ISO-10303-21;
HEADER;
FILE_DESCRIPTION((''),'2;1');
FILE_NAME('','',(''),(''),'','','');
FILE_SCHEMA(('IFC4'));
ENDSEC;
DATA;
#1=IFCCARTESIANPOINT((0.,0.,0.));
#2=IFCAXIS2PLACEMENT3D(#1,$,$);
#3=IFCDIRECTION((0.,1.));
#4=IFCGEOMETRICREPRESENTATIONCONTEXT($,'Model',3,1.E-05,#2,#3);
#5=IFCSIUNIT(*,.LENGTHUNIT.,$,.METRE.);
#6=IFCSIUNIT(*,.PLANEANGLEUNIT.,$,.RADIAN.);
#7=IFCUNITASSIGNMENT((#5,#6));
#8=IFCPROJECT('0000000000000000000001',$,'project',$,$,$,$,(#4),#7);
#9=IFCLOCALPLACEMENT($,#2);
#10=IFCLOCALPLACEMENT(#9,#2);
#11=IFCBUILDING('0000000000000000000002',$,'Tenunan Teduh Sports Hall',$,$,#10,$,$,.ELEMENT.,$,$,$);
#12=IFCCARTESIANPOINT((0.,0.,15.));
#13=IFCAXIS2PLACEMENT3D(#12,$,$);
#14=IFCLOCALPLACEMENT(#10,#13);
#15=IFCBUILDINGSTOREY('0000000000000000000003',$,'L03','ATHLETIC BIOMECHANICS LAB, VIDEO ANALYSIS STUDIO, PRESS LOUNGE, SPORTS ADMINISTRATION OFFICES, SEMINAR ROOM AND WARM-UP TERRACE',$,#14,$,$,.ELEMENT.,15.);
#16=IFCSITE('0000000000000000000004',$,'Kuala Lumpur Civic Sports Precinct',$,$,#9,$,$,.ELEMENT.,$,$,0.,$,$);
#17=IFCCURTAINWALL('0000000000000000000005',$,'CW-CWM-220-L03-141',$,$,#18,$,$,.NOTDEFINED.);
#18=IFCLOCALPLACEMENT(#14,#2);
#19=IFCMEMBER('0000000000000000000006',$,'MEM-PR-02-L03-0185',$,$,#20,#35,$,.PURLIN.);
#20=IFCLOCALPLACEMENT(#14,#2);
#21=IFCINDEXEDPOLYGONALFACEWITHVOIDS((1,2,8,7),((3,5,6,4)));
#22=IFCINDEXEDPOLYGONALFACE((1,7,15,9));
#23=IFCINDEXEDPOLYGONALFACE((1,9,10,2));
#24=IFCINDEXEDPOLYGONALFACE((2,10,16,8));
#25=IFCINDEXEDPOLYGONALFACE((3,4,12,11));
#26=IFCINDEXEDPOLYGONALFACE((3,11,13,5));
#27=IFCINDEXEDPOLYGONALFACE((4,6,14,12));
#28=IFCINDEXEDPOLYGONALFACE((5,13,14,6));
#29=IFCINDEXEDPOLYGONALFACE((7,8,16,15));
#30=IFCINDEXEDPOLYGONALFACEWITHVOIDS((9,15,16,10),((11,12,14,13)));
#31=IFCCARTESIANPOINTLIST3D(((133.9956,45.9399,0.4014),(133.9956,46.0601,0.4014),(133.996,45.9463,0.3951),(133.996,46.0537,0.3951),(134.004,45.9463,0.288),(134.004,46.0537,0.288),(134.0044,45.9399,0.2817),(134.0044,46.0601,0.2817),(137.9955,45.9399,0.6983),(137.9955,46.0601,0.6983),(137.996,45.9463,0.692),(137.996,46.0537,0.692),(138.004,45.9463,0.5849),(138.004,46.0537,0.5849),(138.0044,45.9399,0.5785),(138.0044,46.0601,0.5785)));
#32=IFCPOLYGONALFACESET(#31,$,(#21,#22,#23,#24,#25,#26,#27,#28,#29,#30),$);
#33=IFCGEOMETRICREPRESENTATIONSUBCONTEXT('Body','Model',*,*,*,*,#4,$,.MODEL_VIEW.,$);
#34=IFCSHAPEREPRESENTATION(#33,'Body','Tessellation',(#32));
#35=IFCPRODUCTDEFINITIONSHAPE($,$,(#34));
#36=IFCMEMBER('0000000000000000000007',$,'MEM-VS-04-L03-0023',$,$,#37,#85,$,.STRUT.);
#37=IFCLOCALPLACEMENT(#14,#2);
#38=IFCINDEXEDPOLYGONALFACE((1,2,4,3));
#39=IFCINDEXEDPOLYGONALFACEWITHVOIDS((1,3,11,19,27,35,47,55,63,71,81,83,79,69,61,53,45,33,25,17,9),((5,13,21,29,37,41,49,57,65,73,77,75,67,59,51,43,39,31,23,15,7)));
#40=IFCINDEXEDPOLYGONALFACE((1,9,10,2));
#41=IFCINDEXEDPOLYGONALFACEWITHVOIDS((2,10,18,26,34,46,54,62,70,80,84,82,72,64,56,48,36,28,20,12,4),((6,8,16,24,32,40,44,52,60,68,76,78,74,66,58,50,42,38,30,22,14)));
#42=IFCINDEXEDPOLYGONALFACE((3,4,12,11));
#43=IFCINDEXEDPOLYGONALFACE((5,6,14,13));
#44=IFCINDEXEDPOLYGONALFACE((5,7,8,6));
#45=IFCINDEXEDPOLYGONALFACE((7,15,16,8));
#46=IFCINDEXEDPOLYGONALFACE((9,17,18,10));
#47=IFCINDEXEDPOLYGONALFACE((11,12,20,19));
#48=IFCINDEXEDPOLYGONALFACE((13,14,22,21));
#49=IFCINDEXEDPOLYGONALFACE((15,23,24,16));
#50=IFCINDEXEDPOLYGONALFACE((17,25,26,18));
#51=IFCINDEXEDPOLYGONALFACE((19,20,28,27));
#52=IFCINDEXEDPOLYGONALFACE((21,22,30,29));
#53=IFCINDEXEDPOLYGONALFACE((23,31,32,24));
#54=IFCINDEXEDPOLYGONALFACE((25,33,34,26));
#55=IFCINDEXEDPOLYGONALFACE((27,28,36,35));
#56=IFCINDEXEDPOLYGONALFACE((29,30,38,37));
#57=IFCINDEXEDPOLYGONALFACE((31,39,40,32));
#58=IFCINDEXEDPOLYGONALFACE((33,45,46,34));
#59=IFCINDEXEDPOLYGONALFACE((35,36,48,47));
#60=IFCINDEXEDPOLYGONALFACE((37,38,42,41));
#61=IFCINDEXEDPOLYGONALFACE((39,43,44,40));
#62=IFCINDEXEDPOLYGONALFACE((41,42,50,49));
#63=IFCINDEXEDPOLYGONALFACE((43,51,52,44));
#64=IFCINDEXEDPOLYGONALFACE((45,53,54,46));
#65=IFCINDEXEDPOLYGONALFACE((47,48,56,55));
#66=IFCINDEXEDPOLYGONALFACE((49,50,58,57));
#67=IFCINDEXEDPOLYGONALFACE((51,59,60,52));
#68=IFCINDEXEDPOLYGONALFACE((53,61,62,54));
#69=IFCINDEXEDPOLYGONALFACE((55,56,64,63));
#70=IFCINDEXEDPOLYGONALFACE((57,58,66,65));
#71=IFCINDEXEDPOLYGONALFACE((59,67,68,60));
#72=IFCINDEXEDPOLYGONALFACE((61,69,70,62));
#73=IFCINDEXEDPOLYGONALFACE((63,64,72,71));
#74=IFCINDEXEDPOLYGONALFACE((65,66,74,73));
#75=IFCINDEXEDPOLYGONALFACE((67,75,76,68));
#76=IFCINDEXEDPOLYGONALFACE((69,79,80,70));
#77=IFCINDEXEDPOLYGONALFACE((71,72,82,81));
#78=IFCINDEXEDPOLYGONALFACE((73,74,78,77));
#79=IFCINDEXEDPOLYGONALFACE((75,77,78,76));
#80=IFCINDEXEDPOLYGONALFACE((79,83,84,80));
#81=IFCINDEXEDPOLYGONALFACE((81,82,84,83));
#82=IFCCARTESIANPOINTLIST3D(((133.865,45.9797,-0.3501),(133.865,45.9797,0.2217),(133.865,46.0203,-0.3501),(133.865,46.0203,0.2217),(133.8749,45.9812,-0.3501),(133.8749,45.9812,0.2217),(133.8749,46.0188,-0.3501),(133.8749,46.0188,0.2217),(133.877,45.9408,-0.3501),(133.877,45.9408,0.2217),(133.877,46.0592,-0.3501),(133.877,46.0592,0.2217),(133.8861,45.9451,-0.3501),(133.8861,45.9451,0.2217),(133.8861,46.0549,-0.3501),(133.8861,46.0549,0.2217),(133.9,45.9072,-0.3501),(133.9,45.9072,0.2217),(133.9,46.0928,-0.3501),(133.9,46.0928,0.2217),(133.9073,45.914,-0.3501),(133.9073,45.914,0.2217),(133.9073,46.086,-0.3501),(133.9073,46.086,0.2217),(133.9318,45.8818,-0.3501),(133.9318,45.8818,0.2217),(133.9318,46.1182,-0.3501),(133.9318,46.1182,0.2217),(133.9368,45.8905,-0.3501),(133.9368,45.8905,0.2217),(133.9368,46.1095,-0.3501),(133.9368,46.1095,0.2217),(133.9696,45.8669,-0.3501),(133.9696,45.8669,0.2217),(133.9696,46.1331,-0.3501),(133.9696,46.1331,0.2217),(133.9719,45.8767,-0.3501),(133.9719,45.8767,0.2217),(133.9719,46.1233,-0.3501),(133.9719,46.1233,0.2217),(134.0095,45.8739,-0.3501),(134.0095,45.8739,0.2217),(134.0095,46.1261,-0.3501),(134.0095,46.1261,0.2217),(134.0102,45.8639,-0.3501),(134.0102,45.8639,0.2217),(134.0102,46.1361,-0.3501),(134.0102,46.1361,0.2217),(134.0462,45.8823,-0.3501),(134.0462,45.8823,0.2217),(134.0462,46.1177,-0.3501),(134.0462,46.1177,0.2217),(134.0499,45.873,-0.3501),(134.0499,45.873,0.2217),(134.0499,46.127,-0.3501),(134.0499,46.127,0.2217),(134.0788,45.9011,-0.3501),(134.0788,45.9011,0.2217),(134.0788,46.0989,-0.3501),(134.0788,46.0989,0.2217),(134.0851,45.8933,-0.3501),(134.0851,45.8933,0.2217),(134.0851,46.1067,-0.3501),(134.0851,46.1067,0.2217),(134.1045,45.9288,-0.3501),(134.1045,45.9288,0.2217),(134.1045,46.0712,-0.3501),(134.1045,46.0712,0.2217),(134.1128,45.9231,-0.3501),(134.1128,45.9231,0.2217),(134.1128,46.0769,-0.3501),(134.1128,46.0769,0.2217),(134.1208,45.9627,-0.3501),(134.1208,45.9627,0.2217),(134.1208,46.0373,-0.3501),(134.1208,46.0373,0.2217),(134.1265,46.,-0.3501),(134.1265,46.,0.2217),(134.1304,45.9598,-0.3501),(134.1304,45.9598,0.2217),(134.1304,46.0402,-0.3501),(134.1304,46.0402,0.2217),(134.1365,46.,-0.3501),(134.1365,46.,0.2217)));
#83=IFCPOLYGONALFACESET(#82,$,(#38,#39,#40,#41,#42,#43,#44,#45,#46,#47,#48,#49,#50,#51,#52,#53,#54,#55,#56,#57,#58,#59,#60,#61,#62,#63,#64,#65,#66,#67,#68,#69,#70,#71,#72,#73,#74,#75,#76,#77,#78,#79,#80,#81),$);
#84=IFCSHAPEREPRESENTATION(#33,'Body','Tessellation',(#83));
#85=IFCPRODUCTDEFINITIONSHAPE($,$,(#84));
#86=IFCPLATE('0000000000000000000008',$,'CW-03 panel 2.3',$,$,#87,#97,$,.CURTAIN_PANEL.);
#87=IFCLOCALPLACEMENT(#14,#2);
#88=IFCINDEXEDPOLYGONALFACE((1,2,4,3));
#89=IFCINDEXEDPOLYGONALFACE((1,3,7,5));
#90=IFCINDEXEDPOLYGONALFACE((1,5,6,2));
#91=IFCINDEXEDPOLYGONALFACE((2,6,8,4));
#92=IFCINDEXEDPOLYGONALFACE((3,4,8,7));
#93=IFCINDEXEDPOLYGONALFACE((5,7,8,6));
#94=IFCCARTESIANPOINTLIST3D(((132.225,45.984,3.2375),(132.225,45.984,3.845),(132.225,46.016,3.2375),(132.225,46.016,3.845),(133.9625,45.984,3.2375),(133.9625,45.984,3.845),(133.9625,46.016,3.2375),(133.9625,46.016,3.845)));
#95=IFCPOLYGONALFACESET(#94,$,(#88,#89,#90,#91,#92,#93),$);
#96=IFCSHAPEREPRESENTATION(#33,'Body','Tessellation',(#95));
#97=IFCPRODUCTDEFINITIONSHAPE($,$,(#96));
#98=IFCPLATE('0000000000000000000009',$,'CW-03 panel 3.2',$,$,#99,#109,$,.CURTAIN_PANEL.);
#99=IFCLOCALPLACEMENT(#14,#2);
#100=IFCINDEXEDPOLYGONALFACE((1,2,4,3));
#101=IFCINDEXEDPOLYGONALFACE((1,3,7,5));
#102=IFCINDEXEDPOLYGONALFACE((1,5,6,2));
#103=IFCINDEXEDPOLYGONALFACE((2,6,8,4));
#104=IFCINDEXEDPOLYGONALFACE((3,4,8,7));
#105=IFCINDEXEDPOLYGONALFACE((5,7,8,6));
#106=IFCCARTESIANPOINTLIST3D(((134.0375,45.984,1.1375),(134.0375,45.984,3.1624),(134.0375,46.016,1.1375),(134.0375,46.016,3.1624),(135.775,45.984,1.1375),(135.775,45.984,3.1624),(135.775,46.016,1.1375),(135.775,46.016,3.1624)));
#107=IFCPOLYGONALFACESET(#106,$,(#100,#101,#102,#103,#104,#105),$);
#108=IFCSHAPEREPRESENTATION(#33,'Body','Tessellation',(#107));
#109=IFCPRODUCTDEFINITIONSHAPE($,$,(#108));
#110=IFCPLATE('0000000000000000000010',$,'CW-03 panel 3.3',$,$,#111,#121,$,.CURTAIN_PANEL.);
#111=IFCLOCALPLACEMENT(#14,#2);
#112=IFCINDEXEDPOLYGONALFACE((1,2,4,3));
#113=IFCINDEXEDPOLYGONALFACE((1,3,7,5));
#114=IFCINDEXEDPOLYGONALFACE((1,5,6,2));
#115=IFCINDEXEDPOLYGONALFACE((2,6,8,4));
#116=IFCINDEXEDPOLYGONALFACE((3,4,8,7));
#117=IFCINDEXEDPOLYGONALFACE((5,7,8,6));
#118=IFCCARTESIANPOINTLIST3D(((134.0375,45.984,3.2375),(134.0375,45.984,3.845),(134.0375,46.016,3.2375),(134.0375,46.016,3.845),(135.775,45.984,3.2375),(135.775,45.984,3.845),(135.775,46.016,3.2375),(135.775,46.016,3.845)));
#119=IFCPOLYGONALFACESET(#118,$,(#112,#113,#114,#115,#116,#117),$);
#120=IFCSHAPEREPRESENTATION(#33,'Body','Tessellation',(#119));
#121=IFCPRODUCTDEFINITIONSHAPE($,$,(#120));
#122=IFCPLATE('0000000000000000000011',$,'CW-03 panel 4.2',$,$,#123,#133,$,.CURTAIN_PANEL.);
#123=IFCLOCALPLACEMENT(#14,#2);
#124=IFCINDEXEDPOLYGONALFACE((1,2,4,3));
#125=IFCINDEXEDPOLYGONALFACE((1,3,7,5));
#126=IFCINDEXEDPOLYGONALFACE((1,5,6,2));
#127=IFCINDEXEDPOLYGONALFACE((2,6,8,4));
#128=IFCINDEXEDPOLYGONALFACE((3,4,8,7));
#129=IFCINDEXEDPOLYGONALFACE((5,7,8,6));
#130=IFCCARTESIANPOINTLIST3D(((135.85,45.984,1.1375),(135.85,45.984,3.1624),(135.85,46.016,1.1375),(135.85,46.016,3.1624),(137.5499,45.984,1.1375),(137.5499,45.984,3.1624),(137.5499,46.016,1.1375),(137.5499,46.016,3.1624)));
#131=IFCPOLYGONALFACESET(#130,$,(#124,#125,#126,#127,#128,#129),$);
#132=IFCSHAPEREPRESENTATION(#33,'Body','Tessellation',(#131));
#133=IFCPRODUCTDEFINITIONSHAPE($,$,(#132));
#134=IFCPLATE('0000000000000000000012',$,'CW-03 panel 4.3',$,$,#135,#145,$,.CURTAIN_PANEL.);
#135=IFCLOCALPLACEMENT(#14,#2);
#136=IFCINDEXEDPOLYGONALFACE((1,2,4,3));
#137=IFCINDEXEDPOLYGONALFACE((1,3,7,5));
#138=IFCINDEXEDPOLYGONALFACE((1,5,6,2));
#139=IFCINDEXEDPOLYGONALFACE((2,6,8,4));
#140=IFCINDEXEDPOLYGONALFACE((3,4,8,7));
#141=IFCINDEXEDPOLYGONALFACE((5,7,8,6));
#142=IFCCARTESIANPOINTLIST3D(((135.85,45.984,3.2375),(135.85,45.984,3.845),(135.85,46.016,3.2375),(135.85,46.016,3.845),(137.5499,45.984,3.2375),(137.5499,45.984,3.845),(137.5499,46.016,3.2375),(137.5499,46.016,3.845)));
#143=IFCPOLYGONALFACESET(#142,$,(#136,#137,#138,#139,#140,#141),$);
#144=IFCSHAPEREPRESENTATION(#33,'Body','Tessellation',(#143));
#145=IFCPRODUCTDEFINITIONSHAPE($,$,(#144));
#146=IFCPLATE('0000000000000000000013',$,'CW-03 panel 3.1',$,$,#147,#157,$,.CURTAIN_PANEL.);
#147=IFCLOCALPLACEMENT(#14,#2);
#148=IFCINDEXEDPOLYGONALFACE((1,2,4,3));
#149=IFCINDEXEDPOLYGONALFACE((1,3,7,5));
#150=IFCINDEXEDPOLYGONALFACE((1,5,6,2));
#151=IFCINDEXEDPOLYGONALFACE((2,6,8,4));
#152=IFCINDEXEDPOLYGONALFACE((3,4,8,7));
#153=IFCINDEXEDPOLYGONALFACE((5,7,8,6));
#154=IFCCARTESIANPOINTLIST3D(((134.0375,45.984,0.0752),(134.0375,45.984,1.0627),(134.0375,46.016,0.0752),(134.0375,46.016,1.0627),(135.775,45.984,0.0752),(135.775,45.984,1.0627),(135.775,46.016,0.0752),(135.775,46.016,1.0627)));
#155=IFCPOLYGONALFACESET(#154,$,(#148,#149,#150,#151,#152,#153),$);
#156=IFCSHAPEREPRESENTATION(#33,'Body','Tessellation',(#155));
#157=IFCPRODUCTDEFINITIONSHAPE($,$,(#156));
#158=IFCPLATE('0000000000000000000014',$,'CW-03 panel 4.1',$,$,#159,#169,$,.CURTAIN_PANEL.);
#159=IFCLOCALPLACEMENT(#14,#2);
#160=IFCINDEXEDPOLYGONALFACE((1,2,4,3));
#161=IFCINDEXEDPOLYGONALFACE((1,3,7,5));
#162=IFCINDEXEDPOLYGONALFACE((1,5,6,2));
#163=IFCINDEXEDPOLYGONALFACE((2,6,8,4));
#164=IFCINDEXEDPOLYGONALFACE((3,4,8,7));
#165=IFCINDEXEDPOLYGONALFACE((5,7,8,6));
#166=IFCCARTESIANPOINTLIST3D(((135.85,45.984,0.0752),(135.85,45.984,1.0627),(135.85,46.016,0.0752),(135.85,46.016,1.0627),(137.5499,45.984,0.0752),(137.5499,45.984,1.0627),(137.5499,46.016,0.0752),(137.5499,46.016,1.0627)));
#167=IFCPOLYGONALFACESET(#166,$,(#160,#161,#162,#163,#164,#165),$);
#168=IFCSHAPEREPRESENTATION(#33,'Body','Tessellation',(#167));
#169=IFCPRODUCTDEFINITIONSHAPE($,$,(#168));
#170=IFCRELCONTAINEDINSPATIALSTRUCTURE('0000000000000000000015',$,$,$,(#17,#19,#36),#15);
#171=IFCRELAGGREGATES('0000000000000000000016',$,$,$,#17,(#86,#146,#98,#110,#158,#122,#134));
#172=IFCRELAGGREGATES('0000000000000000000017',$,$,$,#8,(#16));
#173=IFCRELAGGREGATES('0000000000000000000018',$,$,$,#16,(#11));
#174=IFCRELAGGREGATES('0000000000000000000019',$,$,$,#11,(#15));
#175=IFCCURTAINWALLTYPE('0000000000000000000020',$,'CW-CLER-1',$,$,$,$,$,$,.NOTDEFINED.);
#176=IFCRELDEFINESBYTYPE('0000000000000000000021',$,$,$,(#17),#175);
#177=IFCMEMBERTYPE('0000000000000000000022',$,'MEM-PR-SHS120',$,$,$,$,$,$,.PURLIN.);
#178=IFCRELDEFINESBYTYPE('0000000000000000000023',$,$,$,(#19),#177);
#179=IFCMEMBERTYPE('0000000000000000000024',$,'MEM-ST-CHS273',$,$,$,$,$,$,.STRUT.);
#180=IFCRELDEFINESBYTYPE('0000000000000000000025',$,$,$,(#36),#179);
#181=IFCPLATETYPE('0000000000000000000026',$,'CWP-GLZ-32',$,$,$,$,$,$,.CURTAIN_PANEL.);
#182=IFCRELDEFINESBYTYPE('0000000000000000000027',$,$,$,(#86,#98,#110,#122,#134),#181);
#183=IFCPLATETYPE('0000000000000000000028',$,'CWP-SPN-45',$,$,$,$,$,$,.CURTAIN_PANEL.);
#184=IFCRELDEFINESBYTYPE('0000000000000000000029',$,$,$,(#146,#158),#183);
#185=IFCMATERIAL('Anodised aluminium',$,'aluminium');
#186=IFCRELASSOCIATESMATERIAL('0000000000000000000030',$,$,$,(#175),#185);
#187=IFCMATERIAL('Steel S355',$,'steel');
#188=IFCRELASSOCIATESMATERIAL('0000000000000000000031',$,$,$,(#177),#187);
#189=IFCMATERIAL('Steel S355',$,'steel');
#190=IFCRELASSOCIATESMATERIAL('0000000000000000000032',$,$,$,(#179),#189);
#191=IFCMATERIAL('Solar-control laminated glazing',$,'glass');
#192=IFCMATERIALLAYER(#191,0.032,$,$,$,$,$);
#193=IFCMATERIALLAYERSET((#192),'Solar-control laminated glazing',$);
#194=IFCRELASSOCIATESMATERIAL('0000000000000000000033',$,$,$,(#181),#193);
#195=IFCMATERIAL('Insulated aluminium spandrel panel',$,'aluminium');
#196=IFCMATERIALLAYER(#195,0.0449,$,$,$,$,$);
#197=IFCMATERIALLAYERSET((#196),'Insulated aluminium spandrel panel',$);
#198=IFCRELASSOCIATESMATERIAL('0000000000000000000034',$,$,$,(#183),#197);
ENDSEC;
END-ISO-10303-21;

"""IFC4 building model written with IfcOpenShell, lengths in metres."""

from ifc_helpers import new_model, si_unit, direction, frame, origin, origin_2d, place, context, subcontext, project, spatial, rectangle, hollow_rectangle, hollow_circle, extrude, material, layer, layer_set, material_profile, profile_set, type_object, element, aggregate, save


model = new_model("IFC4")

# Units and contexts
model_context = context("Model", 3, precision=1e-05, world=origin(), true_north=direction((0.0, 1.0)))
body_context = subcontext(model_context, "Body", "Model", "MODEL_VIEW")
ifc_project = project(units=[si_unit("LENGTHUNIT", "METRE"), si_unit("PLANEANGLEUNIT", "RADIAN")], contexts=[model_context])

# Site, building, storey
site_placement = place(None, origin())
site = spatial("IfcSite", under=ifc_project, at=site_placement, Name="Kuala Lumpur Civic Sports Precinct", CompositionType="ELEMENT", RefElevation=0.0)
building_placement = place(site_placement, origin())
building = spatial("IfcBuilding", under=site, at=building_placement, Name="Tenunan Teduh Sports Hall", CompositionType="ELEMENT")
storey_placement = place(building_placement, frame((0.0, 0.0, 15.0)))
storey = spatial("IfcBuildingStorey", under=building, at=storey_placement, Name="L03", Description="ATHLETIC BIOMECHANICS LAB, VIDEO ANALYSIS STUDIO, PRESS LOUNGE, SPORTS ADMINISTRATION OFFICES, SEMINAR ROOM AND WARM-UP TERRACE", CompositionType="ELEMENT", Elevation=15.0)

# Curtain wall
ifc_material_1 = material(Name="Anodised aluminium", Category="aluminium")
curtain_wall_type = type_object("IfcCurtainWallType", Name="CW-CLER-1", PredefinedType="NOTDEFINED", material=ifc_material_1)
curtain_wall_placement = place(storey_placement, origin())
curtain_wall = element("IfcCurtainWall", 1, at=curtain_wall_placement, inside=storey, type_object=curtain_wall_type, Name="CW-CWM-220-L03-141", PredefinedType="NOTDEFINED")

# Members
ifc_material_2 = material(Name="Steel S355", Category="steel")
ifc_material_profile_1 = material_profile(ifc_material_2, hollow_rectangle(XDim=0.1201, YDim=0.1201, WallThickness=0.0063, at=origin_2d()), Name="SHS 120x120x6.3")
ifc_profile_set_1 = profile_set([ifc_material_profile_1], Name="Steel S355")
member_type_1 = type_object("IfcMemberType", Name="MEM-PR-SHS120", PredefinedType="PURLIN", material=ifc_profile_set_1)
member_1_placement = place(storey_placement, frame((134.0, 46.0, 0.3416), z_axis=(0.997257, 0.0, 0.074015), x_axis=(0.0, 1.0, 0.0)))
element("IfcMember", 2, at=member_1_placement, inside=storey, type_object=member_type_1, Name="MEM-PR-02-L03-0185", PredefinedType="PURLIN", context=body_context, shape_type="SweptSolid", body=[
    extrude(hollow_rectangle(XDim=0.1201, YDim=0.1201, WallThickness=0.0063, at=origin_2d()), origin(), (0.0, 0.0, 1.0), 4.011),
])
ifc_material_3 = material(Name="Steel S355", Category="steel")
ifc_material_profile_2 = material_profile(ifc_material_3, hollow_circle(Radius=0.1365, WallThickness=0.01, at=origin_2d()), Name="CHS 273.0x10.0")
ifc_profile_set_2 = profile_set([ifc_material_profile_2], Name="Steel S355")
member_type_2 = type_object("IfcMemberType", Name="MEM-ST-CHS273", PredefinedType="STRUT", material=ifc_profile_set_2)
member_2_placement = place(storey_placement, frame((134.0, 46.0, -0.3501), z_axis=(0.0, 0.0, 1.0), x_axis=(1.0, 0.0, 0.0)))
element("IfcMember", 3, at=member_2_placement, inside=storey, type_object=member_type_2, Name="MEM-VS-04-L03-0023", PredefinedType="STRUT", context=body_context, shape_type="SweptSolid", body=[
    extrude(hollow_circle(Radius=0.1365, WallThickness=0.01, at=origin_2d()), origin(), (0.0, 0.0, 1.0), 0.5718),
])

# Plates
ifc_material_4 = material(Name="Solar-control laminated glazing", Category="glass")
ifc_layer_1 = layer(ifc_material_4, 0.032)
ifc_layer_set_1 = layer_set([ifc_layer_1], Name="Solar-control laminated glazing")
plate_type_1 = type_object("IfcPlateType", Name="CWP-GLZ-32", PredefinedType="CURTAIN_PANEL", material=ifc_layer_set_1)
plate_1_placement = place(storey_placement, frame((133.0938, 46.0, 3.2375), z_axis=(0.0, 0.0, 1.0), x_axis=(1.0, 0.0, 0.0)))
plate_1 = element("IfcPlate", 4, at=plate_1_placement, type_object=plate_type_1, Name="CW-03 panel 2.3", PredefinedType="CURTAIN_PANEL", context=body_context, shape_type="SweptSolid", body=[
    extrude(rectangle(XDim=1.7375, YDim=0.032, at=origin_2d()), origin(), (0.0, 0.0, 1.0), 0.6074),
])
plate_2_placement = place(storey_placement, frame((134.9062, 46.0, 1.1375), z_axis=(0.0, 0.0, 1.0), x_axis=(1.0, 0.0, 0.0)))
plate_2 = element("IfcPlate", 5, at=plate_2_placement, type_object=plate_type_1, Name="CW-03 panel 3.2", PredefinedType="CURTAIN_PANEL", context=body_context, shape_type="SweptSolid", body=[
    extrude(rectangle(XDim=1.7375, YDim=0.032, at=origin_2d()), origin(), (0.0, 0.0, 1.0), 2.0249),
])
plate_3_placement = place(storey_placement, frame((134.9062, 46.0, 3.2375), z_axis=(0.0, 0.0, 1.0), x_axis=(1.0, 0.0, 0.0)))
plate_3 = element("IfcPlate", 6, at=plate_3_placement, type_object=plate_type_1, Name="CW-03 panel 3.3", PredefinedType="CURTAIN_PANEL", context=body_context, shape_type="SweptSolid", body=[
    extrude(rectangle(XDim=1.7375, YDim=0.032, at=origin_2d()), origin(), (0.0, 0.0, 1.0), 0.6074),
])
plate_4_placement = place(storey_placement, frame((136.7, 46.0, 1.1375), z_axis=(0.0, 0.0, 1.0), x_axis=(1.0, 0.0, 0.0)))
plate_4 = element("IfcPlate", 7, at=plate_4_placement, type_object=plate_type_1, Name="CW-03 panel 4.2", PredefinedType="CURTAIN_PANEL", context=body_context, shape_type="SweptSolid", body=[
    extrude(rectangle(XDim=1.7, YDim=0.032, at=origin_2d()), origin(), (0.0, 0.0, 1.0), 2.0249),
])
plate_5_placement = place(storey_placement, frame((136.7, 46.0, 3.2375), z_axis=(0.0, 0.0, 1.0), x_axis=(1.0, 0.0, 0.0)))
plate_5 = element("IfcPlate", 8, at=plate_5_placement, type_object=plate_type_1, Name="CW-03 panel 4.3", PredefinedType="CURTAIN_PANEL", context=body_context, shape_type="SweptSolid", body=[
    extrude(rectangle(XDim=1.7, YDim=0.032, at=origin_2d()), origin(), (0.0, 0.0, 1.0), 0.6074),
])
ifc_material_5 = material(Name="Insulated aluminium spandrel panel", Category="aluminium")
ifc_layer_2 = layer(ifc_material_5, 0.0449)
ifc_layer_set_2 = layer_set([ifc_layer_2], Name="Insulated aluminium spandrel panel")
plate_type_2 = type_object("IfcPlateType", Name="CWP-SPN-45", PredefinedType="CURTAIN_PANEL", material=ifc_layer_set_2)
plate_6_placement = place(storey_placement, frame((134.9062, 46.0, 0.0752), z_axis=(0.0, 0.0, 1.0), x_axis=(1.0, 0.0, 0.0)))
plate_6 = element("IfcPlate", 9, at=plate_6_placement, type_object=plate_type_2, Name="CW-03 panel 3.1", PredefinedType="CURTAIN_PANEL", context=body_context, shape_type="SweptSolid", body=[
    extrude(rectangle(XDim=1.7375, YDim=0.032, at=origin_2d()), origin(), (0.0, 0.0, 1.0), 0.9875),
])
plate_7_placement = place(storey_placement, frame((136.7, 46.0, 0.0752), z_axis=(0.0, 0.0, 1.0), x_axis=(1.0, 0.0, 0.0)))
plate_7 = element("IfcPlate", 10, at=plate_7_placement, type_object=plate_type_2, Name="CW-03 panel 4.1", PredefinedType="CURTAIN_PANEL", context=body_context, shape_type="SweptSolid", body=[
    extrude(rectangle(XDim=1.7, YDim=0.032, at=origin_2d()), origin(), (0.0, 0.0, 1.0), 0.9875),
])
aggregate(curtain_wall, [plate_1, plate_6, plate_2, plate_3, plate_7, plate_4, plate_5])

save(model, "model.ifc")
